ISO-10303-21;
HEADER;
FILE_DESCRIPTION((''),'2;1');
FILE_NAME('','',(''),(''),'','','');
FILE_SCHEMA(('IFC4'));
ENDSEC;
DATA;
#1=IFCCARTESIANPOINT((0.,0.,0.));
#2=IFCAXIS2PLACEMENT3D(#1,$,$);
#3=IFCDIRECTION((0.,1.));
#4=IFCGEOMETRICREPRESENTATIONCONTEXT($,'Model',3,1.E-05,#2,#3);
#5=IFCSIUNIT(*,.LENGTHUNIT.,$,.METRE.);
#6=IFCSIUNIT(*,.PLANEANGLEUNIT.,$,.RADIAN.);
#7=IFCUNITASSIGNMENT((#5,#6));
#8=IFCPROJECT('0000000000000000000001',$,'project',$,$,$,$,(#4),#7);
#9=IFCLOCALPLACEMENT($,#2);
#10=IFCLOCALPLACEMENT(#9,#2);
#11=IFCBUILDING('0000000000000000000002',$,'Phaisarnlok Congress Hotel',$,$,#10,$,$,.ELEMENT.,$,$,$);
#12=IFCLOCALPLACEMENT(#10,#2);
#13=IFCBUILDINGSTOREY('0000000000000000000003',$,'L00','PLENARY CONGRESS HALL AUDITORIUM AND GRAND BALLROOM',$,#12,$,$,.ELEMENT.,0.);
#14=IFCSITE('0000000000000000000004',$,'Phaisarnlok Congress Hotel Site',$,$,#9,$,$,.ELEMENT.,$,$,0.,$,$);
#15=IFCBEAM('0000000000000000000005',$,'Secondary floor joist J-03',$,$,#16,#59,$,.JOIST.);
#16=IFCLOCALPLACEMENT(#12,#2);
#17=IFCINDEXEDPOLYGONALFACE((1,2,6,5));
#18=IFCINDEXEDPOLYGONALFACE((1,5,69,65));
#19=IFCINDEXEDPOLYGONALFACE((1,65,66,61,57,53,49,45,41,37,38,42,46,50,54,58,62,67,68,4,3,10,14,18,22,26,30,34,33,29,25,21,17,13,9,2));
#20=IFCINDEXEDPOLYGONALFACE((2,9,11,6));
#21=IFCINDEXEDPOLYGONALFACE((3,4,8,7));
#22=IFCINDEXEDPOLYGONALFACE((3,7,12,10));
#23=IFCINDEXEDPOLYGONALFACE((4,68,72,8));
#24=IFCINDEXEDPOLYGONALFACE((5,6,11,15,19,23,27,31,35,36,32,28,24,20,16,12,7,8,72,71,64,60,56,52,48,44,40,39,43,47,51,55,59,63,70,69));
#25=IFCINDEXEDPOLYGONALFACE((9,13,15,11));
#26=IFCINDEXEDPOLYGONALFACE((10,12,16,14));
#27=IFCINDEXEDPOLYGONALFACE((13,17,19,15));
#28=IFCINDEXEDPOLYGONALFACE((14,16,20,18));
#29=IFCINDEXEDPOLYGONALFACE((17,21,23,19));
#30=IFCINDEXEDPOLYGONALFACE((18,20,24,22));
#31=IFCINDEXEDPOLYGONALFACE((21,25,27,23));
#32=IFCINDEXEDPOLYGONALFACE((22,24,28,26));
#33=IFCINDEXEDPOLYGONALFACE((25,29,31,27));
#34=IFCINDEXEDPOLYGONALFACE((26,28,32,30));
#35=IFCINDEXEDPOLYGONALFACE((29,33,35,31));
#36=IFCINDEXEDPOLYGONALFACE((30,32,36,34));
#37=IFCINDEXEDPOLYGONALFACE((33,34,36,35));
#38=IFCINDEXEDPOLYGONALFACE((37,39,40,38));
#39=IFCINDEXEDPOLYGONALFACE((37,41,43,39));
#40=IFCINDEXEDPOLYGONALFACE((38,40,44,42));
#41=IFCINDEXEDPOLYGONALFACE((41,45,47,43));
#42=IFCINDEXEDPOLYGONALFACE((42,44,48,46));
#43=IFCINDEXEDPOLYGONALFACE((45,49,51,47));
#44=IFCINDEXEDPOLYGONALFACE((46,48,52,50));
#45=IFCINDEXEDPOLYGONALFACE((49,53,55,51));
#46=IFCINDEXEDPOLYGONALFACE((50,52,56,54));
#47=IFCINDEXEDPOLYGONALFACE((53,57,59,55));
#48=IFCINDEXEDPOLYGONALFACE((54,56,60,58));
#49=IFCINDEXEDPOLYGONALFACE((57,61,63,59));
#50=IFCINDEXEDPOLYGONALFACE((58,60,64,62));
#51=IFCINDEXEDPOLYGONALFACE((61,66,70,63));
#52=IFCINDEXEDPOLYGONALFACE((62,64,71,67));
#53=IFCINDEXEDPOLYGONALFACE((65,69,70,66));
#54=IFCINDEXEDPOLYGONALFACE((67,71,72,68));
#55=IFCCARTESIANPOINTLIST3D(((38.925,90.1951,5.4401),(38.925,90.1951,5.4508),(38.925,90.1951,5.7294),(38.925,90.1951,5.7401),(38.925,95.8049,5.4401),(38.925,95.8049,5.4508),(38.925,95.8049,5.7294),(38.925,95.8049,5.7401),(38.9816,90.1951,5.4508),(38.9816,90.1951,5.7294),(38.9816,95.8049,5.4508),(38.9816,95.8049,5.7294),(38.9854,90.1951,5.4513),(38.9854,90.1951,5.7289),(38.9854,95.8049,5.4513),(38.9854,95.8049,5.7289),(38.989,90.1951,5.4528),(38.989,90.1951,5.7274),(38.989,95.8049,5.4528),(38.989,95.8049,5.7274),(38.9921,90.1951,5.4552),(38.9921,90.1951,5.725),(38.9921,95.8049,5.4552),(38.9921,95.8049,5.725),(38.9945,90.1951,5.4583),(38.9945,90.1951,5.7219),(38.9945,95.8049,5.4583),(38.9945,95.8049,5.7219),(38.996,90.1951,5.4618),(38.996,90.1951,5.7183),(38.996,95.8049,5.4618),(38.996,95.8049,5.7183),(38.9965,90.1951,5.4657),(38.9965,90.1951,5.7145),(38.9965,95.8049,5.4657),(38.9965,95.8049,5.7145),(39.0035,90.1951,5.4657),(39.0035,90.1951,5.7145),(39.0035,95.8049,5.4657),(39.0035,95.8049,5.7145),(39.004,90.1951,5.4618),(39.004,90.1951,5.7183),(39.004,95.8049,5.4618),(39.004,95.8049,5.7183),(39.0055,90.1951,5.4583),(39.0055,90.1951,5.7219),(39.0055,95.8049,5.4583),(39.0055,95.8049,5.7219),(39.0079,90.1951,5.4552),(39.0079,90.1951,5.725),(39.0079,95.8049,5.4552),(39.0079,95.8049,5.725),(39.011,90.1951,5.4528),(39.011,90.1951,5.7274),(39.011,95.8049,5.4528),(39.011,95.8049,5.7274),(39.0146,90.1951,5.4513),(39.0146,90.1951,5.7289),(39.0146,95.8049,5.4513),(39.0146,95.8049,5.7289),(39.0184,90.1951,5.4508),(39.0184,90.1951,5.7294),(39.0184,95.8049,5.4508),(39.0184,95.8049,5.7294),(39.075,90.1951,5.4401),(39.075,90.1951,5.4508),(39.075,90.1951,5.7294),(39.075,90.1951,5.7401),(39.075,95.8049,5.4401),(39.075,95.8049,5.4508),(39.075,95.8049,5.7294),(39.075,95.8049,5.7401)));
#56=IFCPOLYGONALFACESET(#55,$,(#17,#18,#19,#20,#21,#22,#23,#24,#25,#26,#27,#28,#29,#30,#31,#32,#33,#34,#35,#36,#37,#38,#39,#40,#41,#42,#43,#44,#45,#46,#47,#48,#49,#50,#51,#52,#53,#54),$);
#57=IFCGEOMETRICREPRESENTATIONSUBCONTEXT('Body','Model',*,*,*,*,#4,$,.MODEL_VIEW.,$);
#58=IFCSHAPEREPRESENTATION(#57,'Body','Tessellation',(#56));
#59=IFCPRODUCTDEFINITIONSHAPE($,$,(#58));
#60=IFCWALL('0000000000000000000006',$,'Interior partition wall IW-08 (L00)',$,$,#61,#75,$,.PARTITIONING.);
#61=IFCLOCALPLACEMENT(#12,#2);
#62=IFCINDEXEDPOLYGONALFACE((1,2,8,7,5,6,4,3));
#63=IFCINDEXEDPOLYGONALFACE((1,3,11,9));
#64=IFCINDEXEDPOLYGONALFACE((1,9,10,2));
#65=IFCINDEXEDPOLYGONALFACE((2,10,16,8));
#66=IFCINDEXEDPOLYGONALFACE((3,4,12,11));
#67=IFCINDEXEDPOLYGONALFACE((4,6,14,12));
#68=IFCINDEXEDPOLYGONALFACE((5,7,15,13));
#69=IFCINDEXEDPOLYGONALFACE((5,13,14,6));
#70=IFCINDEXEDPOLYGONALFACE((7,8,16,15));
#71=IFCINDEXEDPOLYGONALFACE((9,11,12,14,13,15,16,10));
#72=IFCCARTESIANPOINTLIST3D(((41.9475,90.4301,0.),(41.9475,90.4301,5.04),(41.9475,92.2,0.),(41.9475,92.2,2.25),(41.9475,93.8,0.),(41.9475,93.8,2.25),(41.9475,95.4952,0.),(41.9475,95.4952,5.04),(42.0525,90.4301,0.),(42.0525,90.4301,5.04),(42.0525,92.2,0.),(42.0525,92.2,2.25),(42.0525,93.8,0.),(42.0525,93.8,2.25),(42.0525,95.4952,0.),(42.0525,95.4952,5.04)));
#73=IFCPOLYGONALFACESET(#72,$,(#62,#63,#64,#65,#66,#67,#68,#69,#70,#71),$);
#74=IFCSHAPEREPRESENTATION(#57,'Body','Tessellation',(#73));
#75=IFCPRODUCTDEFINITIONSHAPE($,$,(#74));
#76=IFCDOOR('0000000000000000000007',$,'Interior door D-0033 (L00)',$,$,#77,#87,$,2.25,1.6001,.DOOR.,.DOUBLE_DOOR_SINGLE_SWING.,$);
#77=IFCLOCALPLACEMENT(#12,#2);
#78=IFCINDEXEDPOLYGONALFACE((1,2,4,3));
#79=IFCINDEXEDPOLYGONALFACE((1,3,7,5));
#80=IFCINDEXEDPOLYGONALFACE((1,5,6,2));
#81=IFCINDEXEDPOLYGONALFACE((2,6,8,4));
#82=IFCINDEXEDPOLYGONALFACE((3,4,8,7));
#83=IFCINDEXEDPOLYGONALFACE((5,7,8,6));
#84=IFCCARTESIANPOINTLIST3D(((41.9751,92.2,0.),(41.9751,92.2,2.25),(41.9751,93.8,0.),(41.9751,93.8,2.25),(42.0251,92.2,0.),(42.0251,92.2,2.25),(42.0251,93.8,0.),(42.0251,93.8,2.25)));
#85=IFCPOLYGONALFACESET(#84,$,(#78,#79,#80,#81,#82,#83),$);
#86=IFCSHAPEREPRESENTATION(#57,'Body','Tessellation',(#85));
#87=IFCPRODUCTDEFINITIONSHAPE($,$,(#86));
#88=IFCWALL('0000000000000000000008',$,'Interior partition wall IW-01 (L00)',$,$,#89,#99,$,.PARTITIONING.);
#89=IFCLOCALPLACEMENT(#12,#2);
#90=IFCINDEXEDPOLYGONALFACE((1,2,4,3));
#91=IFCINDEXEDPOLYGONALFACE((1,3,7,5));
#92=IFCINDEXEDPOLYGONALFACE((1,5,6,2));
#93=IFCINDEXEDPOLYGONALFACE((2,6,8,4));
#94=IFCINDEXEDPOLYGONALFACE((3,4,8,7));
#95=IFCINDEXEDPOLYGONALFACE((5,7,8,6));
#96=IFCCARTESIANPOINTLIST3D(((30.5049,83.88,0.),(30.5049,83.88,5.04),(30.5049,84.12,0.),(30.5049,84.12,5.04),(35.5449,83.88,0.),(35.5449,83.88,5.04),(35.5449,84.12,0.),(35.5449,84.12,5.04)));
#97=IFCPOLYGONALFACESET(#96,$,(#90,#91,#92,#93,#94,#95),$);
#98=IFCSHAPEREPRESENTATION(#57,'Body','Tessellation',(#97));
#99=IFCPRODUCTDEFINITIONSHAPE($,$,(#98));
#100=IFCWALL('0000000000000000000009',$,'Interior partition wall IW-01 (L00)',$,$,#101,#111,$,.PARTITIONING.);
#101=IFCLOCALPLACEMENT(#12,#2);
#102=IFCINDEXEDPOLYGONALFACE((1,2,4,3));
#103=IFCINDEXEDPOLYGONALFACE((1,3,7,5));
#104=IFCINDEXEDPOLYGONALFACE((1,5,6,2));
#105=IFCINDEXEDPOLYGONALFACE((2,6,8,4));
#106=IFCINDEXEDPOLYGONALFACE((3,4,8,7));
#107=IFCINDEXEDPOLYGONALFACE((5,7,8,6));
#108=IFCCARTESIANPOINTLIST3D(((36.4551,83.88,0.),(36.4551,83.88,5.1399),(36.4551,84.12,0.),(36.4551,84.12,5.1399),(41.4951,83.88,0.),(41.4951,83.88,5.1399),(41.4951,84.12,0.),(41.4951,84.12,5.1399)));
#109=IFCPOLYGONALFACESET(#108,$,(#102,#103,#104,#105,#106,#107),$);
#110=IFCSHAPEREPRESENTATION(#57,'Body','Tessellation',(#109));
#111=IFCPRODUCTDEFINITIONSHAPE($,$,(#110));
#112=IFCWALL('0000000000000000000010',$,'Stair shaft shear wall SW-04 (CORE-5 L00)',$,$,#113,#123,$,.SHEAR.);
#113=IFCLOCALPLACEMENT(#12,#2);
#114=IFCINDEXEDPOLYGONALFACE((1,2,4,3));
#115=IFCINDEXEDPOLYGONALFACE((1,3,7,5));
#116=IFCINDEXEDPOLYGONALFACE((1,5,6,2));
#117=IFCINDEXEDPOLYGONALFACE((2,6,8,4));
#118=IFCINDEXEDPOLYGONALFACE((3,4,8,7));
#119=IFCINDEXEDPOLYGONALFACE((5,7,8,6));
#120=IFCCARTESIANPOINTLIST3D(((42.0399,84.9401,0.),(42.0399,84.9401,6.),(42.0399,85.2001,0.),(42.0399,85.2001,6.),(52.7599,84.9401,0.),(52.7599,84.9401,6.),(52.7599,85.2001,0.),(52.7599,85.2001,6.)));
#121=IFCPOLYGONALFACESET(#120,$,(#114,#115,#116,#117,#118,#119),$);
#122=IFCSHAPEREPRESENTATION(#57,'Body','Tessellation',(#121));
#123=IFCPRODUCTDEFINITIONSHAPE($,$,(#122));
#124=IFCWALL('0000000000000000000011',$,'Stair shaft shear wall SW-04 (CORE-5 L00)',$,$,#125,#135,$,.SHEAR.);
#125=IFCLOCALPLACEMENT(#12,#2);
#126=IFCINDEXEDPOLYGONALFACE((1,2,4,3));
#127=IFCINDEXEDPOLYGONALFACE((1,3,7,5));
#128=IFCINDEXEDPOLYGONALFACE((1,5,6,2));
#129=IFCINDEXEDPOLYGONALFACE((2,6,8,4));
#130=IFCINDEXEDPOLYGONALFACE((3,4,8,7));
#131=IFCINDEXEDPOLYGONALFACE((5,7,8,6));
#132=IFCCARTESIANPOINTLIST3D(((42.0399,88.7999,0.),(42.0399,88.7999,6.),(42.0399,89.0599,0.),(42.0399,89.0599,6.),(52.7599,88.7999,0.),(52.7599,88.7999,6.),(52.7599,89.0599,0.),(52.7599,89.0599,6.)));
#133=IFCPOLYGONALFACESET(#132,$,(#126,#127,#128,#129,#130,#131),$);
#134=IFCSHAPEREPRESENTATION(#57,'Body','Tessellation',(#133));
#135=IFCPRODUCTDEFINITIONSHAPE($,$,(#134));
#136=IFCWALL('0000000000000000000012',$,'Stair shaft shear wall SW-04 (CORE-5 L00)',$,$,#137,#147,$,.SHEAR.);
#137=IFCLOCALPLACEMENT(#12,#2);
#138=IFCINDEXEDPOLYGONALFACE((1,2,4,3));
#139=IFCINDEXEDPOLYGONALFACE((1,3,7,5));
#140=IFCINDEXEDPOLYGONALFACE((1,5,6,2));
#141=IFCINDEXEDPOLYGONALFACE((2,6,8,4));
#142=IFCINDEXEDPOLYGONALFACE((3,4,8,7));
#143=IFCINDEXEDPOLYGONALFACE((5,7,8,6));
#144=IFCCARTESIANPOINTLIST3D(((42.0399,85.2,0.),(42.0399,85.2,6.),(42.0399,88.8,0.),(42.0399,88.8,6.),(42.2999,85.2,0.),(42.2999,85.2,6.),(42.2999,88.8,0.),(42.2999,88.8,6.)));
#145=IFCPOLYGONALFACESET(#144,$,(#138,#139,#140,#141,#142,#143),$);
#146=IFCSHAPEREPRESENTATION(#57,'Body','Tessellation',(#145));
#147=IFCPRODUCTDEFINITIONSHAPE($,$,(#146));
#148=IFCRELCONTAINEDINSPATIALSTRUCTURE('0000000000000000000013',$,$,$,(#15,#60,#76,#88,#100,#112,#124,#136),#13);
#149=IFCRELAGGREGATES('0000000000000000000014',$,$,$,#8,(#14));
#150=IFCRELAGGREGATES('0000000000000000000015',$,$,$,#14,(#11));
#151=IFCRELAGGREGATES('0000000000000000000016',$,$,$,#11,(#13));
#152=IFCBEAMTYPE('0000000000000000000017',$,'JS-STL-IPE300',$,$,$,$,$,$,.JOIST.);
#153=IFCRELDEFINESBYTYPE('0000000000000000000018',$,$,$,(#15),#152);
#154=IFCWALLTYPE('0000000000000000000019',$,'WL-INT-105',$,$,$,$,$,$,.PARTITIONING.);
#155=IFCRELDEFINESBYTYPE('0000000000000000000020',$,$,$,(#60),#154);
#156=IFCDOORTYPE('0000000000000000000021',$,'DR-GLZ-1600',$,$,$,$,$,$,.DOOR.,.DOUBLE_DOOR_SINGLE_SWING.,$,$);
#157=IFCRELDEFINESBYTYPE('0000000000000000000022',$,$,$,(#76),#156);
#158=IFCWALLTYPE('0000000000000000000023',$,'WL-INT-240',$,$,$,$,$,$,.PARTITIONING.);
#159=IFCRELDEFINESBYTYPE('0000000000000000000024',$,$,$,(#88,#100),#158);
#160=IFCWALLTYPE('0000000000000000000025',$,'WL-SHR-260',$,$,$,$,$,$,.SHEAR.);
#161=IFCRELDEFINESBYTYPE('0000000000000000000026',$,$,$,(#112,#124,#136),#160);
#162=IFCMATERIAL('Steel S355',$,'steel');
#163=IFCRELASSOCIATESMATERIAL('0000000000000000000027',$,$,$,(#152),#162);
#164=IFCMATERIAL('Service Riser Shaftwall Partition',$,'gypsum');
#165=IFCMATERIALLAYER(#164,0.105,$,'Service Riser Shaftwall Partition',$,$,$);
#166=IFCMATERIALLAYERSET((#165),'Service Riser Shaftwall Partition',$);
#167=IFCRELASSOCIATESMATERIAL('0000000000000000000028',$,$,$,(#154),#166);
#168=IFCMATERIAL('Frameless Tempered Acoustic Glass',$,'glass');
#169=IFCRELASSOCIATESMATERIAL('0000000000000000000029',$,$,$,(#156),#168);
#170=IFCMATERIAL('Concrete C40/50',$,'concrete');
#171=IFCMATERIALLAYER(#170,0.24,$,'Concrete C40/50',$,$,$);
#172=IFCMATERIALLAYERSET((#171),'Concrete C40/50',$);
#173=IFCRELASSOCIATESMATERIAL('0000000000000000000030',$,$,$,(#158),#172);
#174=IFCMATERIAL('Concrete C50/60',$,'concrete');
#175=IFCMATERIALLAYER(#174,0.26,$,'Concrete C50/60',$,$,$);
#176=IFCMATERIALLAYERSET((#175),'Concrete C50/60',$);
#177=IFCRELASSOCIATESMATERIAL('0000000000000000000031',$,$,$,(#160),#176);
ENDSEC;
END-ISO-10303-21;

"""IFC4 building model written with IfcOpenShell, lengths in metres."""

from ifc_helpers import new_model, si_unit, direction, frame, frame_2d, origin, origin_2d, place, context, subcontext, project, spatial, rectangle, i_section, extrude, material, layer, layer_set, material_profile, profile_set, type_object, element, fill, save


model = new_model("IFC4")

# Units and contexts
model_context = context("Model", 3, precision=1e-05, world=origin(), true_north=direction((0.0, 1.0)))
body_context = subcontext(model_context, "Body", "Model", "MODEL_VIEW")
ifc_project = project(units=[si_unit("LENGTHUNIT", "METRE"), si_unit("PLANEANGLEUNIT", "RADIAN")], contexts=[model_context])

# Site, building, storey
site_placement = place(None, origin())
site = spatial("IfcSite", under=ifc_project, at=site_placement, Name="Phaisarnlok Congress Hotel Site", CompositionType="ELEMENT", RefElevation=0.0)
building_placement = place(site_placement, origin())
building = spatial("IfcBuilding", under=site, at=building_placement, Name="Phaisarnlok Congress Hotel", CompositionType="ELEMENT")
storey_placement = place(building_placement, origin())
storey = spatial("IfcBuildingStorey", under=building, at=storey_placement, Name="L00", Description="PLENARY CONGRESS HALL AUDITORIUM AND GRAND BALLROOM", CompositionType="ELEMENT", Elevation=0.0)

# Shared definitions
ifc_material_1 = material(Name="Concrete C50/60", Category="concrete")

# Beam
ifc_material_2 = material(Name="Concrete C40/50", Category="concrete")
ifc_material_3 = material(Name="Steel S355", Category="steel")
ifc_material_profile_1 = material_profile(ifc_material_3, i_section(OverallWidth=0.1499, OverallDepth=0.3, WebThickness=0.0071, FlangeThickness=0.0107, FilletRadius=0.0149, at=origin_2d()), Name="IPE 300")
ifc_profile_set_1 = profile_set([ifc_material_profile_1], Name="Steel S355")
beam_type_1 = type_object("IfcBeamType", Name="JS-STL-IPE300", PredefinedType="JOIST", material=ifc_profile_set_1)
for number, where, z_axis, x_axis, name in (
    (1, (39.0, 90.1951, 5.5901), (0.0, 1.0, 0.0), (-1.0, 0.0, 0.0), "Secondary floor joist J-03"),
):
    element("IfcBeam", number, at=place(storey_placement, frame(where, z_axis=z_axis, x_axis=x_axis)), inside=storey, type_object=beam_type_1, Name=name, PredefinedType="JOIST", context=body_context, shape_type="SweptSolid", body=[
        extrude(i_section(OverallWidth=0.1499, OverallDepth=0.3, WebThickness=0.0071, FlangeThickness=0.0107, FilletRadius=0.0149, at=origin_2d()), origin(), (0.0, 0.0, 1.0), 5.6099),
    ])

# Wall, opening, door
ifc_material_4 = material(Name="Service Riser Shaftwall Partition", Category="gypsum")
ifc_layer_1 = layer(ifc_material_4, 0.105, Name="Service Riser Shaftwall Partition")
ifc_layer_set_1 = layer_set([ifc_layer_1], Name="Service Riser Shaftwall Partition")
wall_type_1 = type_object("IfcWallType", Name="WL-INT-105", PredefinedType="PARTITIONING", material=ifc_layer_set_1)
wall_1_placement = place(storey_placement, frame((42.0, 90.4299, 0.0), z_axis=(0.0, 0.0, 1.0), x_axis=(0.0, 1.0, 0.0)))
wall_1 = element("IfcWall", 2, at=wall_1_placement, inside=storey, type_object=wall_type_1, Name="Interior partition wall IW-08 (L00)", PredefinedType="PARTITIONING", context=body_context, shape_type="SweptSolid", body=[
    extrude(rectangle(XDim=5.0652, YDim=0.105, at=frame_2d((2.5327, 0.0))), origin(), (0.0, 0.0, 1.0), 5.04),
])
opening_placement = place(wall_1_placement, frame((1.77, 0.0, 0.0)))
opening = element("IfcOpeningElement", 3, at=opening_placement, cuts=wall_1, PredefinedType="OPENING", context=body_context, shape_type="SweptSolid", body=[
    extrude(rectangle(XDim=1.6001, YDim=2.25, at=frame_2d((0.8, 1.125))), frame((0.0, 0.0625, 0.0), z_axis=(0.0, -1.0, 0.0), x_axis=(1.0, 0.0, 0.0)), (0.0, 0.0, 1.0), 0.125),
])
ifc_material_5 = material(Name="Frameless Tempered Acoustic Glass", Category="glass")
door_type = type_object("IfcDoorType", Name="DR-GLZ-1600", OperationType="DOUBLE_DOOR_SINGLE_SWING", PredefinedType="DOOR", material=ifc_material_5)
door_placement = place(opening_placement, origin())
door = element("IfcDoor", 4, at=door_placement, inside=storey, type_object=door_type, Name="Interior door D-0033 (L00)", OperationType="DOUBLE_DOOR_SINGLE_SWING", OverallHeight=2.25, OverallWidth=1.6001, PredefinedType="DOOR", context=body_context, shape_type="SweptSolid", body=[
    extrude(rectangle(XDim=1.6001, YDim=2.25, at=frame_2d((0.8, 1.125))), frame((0.0, 0.0249, 0.0), z_axis=(0.0, -1.0, 0.0), x_axis=(1.0, 0.0, 0.0)), (0.0, 0.0, 1.0), 0.05),
])
fill(opening, door)

# Walls
ifc_layer_2 = layer(ifc_material_2, 0.24, Name="Concrete C40/50")
ifc_layer_set_2 = layer_set([ifc_layer_2], Name="Concrete C40/50")
wall_type_2 = type_object("IfcWallType", Name="WL-INT-240", PredefinedType="PARTITIONING", material=ifc_layer_set_2)
wall_2_placement = place(storey_placement, frame((30.5049, 84.0, 0.0), z_axis=(0.0, 0.0, 1.0), x_axis=(1.0, 0.0, 0.0)))
element("IfcWall", 5, at=wall_2_placement, inside=storey, type_object=wall_type_2, Name="Interior partition wall IW-01 (L00)", PredefinedType="PARTITIONING", context=body_context, shape_type="SweptSolid", body=[
    extrude(rectangle(XDim=5.04, YDim=0.24, at=frame_2d((2.52, 0.0))), origin(), (0.0, 0.0, 1.0), 5.04),
])
wall_3_placement = place(storey_placement, frame((36.4551, 84.0, 0.0), z_axis=(0.0, 0.0, 1.0), x_axis=(1.0, 0.0, 0.0)))
element("IfcWall", 6, at=wall_3_placement, inside=storey, type_object=wall_type_2, Name="Interior partition wall IW-01 (L00)", PredefinedType="PARTITIONING", context=body_context, shape_type="SweptSolid", body=[
    extrude(rectangle(XDim=5.04, YDim=0.24, at=frame_2d((2.52, 0.0))), origin(), (0.0, 0.0, 1.0), 5.1399),
])
ifc_layer_3 = layer(ifc_material_1, 0.26, Name="Concrete C50/60")
ifc_layer_set_3 = layer_set([ifc_layer_3], Name="Concrete C50/60")
wall_type_3 = type_object("IfcWallType", Name="WL-SHR-260", PredefinedType="SHEAR", material=ifc_layer_set_3)
for number, where, z_axis, x_axis, name in (
    (7, (42.04, 85.0701, 0.0), (0.0, 0.0, 1.0), (1.0, 0.0, 0.0), "Stair shaft shear wall SW-04 (CORE-5 L00)"),
    (8, (42.04, 88.9299, 0.0), (0.0, 0.0, 1.0), (1.0, 0.0, 0.0), "Stair shaft shear wall SW-04 (CORE-5 L00)"),
):
    element("IfcWall", number, at=place(storey_placement, frame(where, z_axis=z_axis, x_axis=x_axis)), inside=storey, type_object=wall_type_3, Name=name, PredefinedType="SHEAR", context=body_context, shape_type="SweptSolid", body=[
        extrude(rectangle(XDim=10.72, YDim=0.26, at=frame_2d((5.3599, 0.0))), origin(), (0.0, 0.0, 1.0), 6.0),
    ])
wall_4_placement = place(storey_placement, frame((42.1699, 85.2, 0.0), z_axis=(0.0, 0.0, 1.0), x_axis=(0.0, 1.0, 0.0)))
element("IfcWall", 9, at=wall_4_placement, inside=storey, type_object=wall_type_3, Name="Stair shaft shear wall SW-04 (CORE-5 L00)", PredefinedType="SHEAR", context=body_context, shape_type="SweptSolid", body=[
    extrude(rectangle(XDim=3.6001, YDim=0.26, at=frame_2d((1.8, 0.0))), origin(), (0.0, 0.0, 1.0), 6.0),
])

save(model, "model.ifc")
